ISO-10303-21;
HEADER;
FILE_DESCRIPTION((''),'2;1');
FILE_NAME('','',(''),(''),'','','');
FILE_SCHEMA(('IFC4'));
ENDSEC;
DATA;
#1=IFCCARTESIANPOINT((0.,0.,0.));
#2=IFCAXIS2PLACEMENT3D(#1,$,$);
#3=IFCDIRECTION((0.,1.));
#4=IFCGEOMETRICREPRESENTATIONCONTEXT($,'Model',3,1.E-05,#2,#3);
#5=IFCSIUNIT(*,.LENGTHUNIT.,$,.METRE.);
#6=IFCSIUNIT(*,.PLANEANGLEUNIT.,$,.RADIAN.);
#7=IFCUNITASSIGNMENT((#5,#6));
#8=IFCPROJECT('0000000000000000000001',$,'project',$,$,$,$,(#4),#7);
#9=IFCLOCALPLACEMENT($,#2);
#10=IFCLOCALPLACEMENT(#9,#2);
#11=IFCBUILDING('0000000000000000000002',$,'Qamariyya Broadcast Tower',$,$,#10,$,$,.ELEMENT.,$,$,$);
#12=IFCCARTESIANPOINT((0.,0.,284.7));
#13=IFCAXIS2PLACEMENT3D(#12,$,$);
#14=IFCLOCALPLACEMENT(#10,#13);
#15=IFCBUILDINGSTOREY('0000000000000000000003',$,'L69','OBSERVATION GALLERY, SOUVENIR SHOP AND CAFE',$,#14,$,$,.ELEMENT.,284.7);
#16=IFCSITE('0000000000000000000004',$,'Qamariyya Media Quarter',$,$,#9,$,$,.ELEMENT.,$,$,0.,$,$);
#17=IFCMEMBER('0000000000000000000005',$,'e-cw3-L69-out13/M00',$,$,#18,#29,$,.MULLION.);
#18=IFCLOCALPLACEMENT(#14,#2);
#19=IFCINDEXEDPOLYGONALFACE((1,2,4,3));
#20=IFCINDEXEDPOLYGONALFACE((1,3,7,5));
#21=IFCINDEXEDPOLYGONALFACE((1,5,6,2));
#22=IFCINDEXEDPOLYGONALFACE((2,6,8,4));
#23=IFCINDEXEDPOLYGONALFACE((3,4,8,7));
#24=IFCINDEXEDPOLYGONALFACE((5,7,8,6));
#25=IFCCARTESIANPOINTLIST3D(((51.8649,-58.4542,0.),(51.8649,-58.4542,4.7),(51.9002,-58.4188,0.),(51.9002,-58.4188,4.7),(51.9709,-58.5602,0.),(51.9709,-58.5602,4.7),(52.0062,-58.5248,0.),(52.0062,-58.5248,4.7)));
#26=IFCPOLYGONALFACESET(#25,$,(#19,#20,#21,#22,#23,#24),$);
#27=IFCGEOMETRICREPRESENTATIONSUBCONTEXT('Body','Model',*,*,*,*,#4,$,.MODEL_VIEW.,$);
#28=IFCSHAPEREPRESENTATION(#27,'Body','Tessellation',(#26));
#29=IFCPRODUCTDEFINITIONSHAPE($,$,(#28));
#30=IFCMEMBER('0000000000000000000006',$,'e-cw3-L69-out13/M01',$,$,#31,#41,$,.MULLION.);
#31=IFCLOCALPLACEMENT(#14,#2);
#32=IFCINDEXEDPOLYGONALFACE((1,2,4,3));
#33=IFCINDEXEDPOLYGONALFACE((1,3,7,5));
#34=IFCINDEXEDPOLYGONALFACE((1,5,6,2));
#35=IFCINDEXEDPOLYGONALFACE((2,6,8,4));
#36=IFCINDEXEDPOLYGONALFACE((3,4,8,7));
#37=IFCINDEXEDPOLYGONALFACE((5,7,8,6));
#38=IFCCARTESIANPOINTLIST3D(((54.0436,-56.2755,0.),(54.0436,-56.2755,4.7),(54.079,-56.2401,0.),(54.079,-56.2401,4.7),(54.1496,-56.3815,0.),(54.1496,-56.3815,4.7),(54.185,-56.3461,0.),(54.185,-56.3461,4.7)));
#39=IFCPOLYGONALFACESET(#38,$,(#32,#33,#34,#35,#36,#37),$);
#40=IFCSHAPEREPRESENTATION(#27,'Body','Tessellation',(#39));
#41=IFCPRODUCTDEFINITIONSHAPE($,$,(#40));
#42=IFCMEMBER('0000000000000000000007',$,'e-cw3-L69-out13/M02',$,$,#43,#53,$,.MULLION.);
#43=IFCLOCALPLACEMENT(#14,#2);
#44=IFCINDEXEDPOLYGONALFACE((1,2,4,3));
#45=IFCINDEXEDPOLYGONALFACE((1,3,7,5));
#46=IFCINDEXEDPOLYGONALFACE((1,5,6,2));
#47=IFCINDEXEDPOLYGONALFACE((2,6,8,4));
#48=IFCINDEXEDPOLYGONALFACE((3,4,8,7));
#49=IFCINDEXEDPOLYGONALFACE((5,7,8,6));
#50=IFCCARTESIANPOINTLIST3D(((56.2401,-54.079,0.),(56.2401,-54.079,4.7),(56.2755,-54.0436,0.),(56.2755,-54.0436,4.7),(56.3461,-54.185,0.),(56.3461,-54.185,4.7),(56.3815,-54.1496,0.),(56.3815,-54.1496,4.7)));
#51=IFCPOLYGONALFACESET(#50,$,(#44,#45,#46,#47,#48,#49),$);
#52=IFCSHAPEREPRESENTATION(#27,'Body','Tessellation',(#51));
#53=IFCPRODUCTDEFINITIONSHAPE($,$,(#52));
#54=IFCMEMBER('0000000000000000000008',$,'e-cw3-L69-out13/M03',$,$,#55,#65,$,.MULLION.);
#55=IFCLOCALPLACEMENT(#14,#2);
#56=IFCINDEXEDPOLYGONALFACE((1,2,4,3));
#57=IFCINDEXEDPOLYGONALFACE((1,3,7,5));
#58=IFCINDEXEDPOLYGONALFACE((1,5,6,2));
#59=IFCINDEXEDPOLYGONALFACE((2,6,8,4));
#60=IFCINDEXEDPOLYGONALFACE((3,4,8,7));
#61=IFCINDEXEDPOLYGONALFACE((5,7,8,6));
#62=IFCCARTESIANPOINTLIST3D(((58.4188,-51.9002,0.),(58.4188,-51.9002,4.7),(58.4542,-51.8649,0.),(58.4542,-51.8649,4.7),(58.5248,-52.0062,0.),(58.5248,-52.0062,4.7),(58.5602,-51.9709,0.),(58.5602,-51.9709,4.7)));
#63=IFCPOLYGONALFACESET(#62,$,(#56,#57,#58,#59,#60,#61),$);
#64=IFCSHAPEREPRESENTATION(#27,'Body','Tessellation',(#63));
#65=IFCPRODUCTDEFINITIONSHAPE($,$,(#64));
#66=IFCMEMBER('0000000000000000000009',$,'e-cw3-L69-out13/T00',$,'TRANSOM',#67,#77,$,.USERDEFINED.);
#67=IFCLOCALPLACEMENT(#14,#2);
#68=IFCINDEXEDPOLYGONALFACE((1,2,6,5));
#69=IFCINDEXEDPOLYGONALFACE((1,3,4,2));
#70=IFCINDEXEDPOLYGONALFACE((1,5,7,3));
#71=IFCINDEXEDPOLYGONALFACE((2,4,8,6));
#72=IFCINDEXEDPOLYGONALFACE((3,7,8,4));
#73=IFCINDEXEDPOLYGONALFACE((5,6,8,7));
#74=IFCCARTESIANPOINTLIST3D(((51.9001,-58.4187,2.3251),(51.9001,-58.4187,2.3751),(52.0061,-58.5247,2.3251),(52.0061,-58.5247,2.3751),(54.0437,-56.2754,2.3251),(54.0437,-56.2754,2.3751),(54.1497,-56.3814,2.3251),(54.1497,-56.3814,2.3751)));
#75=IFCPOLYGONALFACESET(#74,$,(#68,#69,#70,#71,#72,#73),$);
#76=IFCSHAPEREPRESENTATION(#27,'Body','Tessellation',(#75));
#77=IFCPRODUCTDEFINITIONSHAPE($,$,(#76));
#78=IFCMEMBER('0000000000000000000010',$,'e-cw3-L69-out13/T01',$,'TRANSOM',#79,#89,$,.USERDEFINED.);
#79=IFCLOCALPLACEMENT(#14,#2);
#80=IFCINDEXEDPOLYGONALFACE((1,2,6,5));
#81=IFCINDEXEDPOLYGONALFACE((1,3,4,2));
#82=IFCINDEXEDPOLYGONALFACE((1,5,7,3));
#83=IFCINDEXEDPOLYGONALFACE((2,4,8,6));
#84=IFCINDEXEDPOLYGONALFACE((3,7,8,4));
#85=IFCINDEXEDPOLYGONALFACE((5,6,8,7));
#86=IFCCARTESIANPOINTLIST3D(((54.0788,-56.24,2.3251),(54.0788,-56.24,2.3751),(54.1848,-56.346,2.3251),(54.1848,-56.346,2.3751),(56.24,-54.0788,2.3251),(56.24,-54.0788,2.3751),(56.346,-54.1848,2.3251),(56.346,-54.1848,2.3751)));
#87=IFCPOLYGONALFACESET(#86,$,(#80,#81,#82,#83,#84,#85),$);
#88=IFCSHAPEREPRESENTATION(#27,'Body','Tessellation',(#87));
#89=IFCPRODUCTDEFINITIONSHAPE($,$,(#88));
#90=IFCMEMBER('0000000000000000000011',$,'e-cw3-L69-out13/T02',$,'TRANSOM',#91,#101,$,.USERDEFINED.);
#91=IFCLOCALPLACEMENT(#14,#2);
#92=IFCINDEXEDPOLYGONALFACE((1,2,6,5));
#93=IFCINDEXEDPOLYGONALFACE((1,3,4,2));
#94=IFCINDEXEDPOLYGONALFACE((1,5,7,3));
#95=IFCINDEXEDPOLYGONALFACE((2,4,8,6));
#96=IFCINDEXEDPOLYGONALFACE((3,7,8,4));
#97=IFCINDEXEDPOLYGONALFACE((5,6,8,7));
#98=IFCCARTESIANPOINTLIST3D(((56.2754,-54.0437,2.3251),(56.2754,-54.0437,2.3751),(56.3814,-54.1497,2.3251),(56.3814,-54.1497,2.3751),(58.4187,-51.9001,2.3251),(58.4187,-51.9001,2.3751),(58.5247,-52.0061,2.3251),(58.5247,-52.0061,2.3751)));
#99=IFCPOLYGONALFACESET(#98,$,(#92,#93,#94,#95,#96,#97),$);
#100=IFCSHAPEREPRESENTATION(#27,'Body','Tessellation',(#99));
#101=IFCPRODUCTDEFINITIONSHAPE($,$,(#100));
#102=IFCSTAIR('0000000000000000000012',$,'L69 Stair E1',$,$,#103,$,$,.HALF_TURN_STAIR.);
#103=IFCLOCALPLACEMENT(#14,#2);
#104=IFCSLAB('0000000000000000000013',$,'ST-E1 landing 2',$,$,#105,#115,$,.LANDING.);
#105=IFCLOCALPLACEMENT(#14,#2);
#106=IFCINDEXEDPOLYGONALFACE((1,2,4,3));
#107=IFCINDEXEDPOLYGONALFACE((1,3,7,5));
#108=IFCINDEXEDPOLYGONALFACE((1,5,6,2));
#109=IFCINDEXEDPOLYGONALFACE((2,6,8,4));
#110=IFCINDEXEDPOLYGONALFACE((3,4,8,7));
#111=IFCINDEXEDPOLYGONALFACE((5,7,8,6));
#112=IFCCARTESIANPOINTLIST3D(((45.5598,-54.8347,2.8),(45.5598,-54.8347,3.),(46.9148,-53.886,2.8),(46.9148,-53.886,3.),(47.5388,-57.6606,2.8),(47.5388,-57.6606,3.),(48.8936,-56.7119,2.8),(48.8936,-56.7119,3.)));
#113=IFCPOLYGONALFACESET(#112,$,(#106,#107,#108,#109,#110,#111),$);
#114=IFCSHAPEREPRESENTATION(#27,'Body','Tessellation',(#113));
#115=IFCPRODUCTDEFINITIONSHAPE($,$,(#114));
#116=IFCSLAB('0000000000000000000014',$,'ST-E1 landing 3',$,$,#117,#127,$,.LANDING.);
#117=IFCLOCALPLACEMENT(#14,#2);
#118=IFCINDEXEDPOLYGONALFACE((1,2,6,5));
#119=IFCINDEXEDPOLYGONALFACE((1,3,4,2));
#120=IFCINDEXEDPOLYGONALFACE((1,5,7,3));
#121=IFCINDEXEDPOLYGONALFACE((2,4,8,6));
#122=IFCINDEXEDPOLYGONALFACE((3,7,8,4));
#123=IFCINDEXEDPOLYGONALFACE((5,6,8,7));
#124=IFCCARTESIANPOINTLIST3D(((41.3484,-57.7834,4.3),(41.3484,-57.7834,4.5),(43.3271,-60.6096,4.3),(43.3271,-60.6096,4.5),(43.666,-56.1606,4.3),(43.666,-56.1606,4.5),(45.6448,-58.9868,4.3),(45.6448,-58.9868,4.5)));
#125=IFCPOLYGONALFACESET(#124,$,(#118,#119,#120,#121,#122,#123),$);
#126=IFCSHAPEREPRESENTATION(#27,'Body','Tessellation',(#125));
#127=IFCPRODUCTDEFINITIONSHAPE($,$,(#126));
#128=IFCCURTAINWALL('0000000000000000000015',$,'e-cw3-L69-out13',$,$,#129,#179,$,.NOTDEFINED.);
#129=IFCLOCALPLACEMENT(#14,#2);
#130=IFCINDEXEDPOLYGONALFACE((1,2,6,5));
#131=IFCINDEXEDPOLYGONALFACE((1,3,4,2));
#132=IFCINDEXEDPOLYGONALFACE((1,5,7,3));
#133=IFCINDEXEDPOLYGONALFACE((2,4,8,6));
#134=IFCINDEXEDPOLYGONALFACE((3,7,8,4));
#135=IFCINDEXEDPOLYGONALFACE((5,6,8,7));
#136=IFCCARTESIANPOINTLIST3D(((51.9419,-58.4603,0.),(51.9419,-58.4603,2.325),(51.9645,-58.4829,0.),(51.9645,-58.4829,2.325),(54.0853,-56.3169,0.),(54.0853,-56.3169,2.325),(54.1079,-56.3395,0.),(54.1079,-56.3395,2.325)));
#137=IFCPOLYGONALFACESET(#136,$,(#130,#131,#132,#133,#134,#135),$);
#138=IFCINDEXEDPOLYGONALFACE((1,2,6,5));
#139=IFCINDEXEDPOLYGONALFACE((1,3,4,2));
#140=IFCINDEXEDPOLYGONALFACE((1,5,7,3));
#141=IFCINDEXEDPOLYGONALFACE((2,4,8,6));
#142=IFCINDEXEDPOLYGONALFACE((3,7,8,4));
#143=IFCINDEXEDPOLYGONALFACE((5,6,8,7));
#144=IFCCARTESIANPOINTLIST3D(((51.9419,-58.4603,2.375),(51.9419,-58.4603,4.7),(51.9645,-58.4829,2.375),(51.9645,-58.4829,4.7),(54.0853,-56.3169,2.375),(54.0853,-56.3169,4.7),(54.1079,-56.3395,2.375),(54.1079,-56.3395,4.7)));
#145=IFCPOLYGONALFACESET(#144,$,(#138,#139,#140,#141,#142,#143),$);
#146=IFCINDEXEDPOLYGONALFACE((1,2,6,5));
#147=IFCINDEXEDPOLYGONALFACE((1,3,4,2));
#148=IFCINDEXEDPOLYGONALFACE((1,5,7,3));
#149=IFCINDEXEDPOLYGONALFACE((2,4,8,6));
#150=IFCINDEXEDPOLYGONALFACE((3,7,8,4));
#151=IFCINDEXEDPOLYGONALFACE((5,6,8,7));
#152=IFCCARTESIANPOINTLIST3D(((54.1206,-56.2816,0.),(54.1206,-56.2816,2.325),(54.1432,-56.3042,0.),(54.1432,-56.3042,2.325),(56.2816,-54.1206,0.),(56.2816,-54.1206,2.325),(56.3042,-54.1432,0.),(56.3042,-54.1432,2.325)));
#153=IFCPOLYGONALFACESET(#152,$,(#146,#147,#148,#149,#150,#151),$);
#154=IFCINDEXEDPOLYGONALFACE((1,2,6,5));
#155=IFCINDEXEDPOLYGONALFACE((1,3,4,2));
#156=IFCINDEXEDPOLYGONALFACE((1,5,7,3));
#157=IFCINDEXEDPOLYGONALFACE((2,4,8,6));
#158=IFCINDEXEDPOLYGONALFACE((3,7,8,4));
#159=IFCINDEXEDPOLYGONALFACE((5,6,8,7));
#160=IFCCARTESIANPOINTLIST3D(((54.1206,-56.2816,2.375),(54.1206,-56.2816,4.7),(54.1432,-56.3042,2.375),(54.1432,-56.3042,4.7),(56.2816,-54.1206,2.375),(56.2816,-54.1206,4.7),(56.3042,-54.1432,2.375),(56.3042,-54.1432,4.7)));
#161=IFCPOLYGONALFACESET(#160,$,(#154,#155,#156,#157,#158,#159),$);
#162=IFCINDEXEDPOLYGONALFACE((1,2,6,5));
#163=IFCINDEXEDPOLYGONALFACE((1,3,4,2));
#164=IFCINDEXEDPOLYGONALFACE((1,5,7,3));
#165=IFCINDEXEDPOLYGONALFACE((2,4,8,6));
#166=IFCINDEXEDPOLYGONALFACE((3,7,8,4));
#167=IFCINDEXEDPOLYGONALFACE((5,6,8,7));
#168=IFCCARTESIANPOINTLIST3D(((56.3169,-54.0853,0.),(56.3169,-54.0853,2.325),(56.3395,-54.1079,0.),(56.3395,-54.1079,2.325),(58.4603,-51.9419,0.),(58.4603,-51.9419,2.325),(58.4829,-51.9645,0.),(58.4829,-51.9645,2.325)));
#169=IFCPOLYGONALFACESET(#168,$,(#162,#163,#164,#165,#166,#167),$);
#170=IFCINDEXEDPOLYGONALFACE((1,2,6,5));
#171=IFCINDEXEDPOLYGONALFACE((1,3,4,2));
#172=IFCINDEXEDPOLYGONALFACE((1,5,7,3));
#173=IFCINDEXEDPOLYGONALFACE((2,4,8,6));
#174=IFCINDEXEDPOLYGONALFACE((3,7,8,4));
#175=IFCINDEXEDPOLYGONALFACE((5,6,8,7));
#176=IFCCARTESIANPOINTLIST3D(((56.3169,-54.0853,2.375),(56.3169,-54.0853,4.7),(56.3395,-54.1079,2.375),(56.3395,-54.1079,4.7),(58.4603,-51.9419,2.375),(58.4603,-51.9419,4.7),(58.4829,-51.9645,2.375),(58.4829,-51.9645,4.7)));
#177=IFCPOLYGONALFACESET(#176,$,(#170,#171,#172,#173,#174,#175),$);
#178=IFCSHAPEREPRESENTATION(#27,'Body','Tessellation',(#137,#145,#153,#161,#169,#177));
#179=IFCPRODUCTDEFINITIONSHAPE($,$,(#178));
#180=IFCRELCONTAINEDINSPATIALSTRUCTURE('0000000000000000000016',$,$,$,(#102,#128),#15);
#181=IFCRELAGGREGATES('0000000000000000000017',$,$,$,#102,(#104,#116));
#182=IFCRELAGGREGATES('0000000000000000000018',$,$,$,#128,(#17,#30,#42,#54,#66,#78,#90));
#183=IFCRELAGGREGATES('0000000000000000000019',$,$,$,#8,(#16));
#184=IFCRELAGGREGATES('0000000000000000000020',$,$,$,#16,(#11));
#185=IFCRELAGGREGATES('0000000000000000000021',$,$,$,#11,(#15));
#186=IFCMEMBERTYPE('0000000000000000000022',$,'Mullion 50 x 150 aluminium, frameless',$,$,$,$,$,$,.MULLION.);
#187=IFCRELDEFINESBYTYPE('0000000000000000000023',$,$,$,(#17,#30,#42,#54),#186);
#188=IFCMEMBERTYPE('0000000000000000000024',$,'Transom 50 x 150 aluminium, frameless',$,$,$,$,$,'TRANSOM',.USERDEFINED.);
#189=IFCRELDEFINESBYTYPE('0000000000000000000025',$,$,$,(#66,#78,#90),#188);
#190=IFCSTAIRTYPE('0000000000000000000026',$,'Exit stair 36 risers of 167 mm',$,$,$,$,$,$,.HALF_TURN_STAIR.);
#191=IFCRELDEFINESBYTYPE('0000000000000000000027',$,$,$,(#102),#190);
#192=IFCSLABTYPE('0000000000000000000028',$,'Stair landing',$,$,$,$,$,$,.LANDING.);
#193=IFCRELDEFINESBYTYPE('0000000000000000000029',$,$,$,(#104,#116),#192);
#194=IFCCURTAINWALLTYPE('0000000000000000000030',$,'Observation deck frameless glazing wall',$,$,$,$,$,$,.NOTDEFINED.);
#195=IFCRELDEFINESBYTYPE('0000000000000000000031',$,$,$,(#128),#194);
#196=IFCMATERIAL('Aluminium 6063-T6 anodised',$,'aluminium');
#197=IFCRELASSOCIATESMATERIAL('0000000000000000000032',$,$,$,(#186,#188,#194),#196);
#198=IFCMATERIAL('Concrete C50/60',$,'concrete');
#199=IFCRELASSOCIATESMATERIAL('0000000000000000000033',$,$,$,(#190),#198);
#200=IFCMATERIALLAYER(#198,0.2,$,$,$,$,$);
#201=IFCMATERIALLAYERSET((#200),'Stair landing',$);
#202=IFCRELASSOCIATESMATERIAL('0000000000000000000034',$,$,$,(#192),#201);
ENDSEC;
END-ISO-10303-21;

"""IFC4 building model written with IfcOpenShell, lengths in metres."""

from ifc_helpers import new_model, si_unit, direction, frame, origin, origin_2d, place, context, subcontext, project, spatial, polyline, rectangle, outline, extrude, material, layer, layer_set, material_profile, profile_set, type_object, element, aggregate, save


model = new_model("IFC4")

# Units and contexts
model_context = context("Model", 3, precision=1e-05, world=origin(), true_north=direction((0.0, 1.0)))
body_context = subcontext(model_context, "Body", "Model", "MODEL_VIEW")
ifc_project = project(units=[si_unit("LENGTHUNIT", "METRE"), si_unit("PLANEANGLEUNIT", "RADIAN")], contexts=[model_context])

# Members
ifc_material_1 = material(Name="Aluminium 6063-T6 anodised", Category="aluminium")
ifc_material_profile_1 = material_profile(ifc_material_1, rectangle(XDim=0.1499, YDim=0.05, at=origin_2d()))
ifc_profile_set_1 = profile_set([ifc_material_profile_1], Name="Aluminium 6063-T6 anodised")
member_type_1 = type_object("IfcMemberType", Name="Mullion 50 x 150 aluminium, frameless", PredefinedType="MULLION", material=ifc_profile_set_1)
site_placement = place(None, origin())
building_placement = place(site_placement, origin())
storey_placement = place(building_placement, frame((0.0, 0.0, 284.7)))
member_1_placement = place(storey_placement, frame((51.9355, -58.4895, 0.0), z_axis=(0.0, 0.0, 1.0), x_axis=(-0.707107, 0.707107, 0.0)))
member_1 = element("IfcMember", 1, at=member_1_placement, type_object=member_type_1, Name="e-cw3-L69-out13/M00", PredefinedType="MULLION", context=body_context, shape_type="SweptSolid", body=[
    extrude(rectangle(XDim=0.1499, YDim=0.05, at=origin_2d()), origin(), (0.0, 0.0, 1.0), 4.7),
])
member_2_placement = place(storey_placement, frame((54.1143, -56.3108, 0.0), z_axis=(0.0, 0.0, 1.0), x_axis=(-0.707107, 0.707107, 0.0)))
member_2 = element("IfcMember", 2, at=member_2_placement, type_object=member_type_1, Name="e-cw3-L69-out13/M01", PredefinedType="MULLION", context=body_context, shape_type="SweptSolid", body=[
    extrude(rectangle(XDim=0.1499, YDim=0.05, at=origin_2d()), origin(), (0.0, 0.0, 1.0), 4.7),
])
member_3_placement = place(storey_placement, frame((56.3108, -54.1143, 0.0), z_axis=(0.0, 0.0, 1.0), x_axis=(-0.707107, 0.707107, 0.0)))
member_3 = element("IfcMember", 3, at=member_3_placement, type_object=member_type_1, Name="e-cw3-L69-out13/M02", PredefinedType="MULLION", context=body_context, shape_type="SweptSolid", body=[
    extrude(rectangle(XDim=0.1499, YDim=0.05, at=origin_2d()), origin(), (0.0, 0.0, 1.0), 4.7),
])
member_4_placement = place(storey_placement, frame((58.4895, -51.9355, 0.0), z_axis=(0.0, 0.0, 1.0), x_axis=(-0.707107, 0.707107, 0.0)))
member_4 = element("IfcMember", 4, at=member_4_placement, type_object=member_type_1, Name="e-cw3-L69-out13/M03", PredefinedType="MULLION", context=body_context, shape_type="SweptSolid", body=[
    extrude(rectangle(XDim=0.1499, YDim=0.05, at=origin_2d()), origin(), (0.0, 0.0, 1.0), 4.7),
])
ifc_material_profile_2 = material_profile(ifc_material_1, rectangle(XDim=0.1499, YDim=0.05, at=origin_2d()))
ifc_profile_set_2 = profile_set([ifc_material_profile_2], Name="Aluminium 6063-T6 anodised")
member_type_2 = type_object("IfcMemberType", Name="Transom 50 x 150 aluminium, frameless", ElementType="TRANSOM", PredefinedType="USERDEFINED", material=ifc_profile_set_2)
member_5_placement = place(storey_placement, frame((51.9531, -58.4717, 2.3501), z_axis=(0.707147, 0.707067, 0.0), x_axis=(-0.707067, 0.707147, 0.0)))
member_5 = element("IfcMember", 5, at=member_5_placement, type_object=member_type_2, Name="e-cw3-L69-out13/T00", ObjectType="TRANSOM", PredefinedType="USERDEFINED", context=body_context, shape_type="SweptSolid", body=[
    extrude(rectangle(XDim=0.1499, YDim=0.05, at=origin_2d()), origin(), (0.0, 0.0, 1.0), 3.0312),
])
member_6_placement = place(storey_placement, frame((54.1318, -56.293, 2.3501), z_axis=(0.707107, 0.707107, 0.0), x_axis=(-0.707107, 0.707107, 0.0)))
member_6 = element("IfcMember", 6, at=member_6_placement, type_object=member_type_2, Name="e-cw3-L69-out13/T01", ObjectType="TRANSOM", PredefinedType="USERDEFINED", context=body_context, shape_type="SweptSolid", body=[
    extrude(rectangle(XDim=0.1499, YDim=0.05, at=origin_2d()), origin(), (0.0, 0.0, 1.0), 3.0564),
])
member_7_placement = place(storey_placement, frame((56.3284, -54.0967, 2.3501), z_axis=(0.707067, 0.707147, 0.0), x_axis=(-0.707147, 0.707067, 0.0)))
member_7 = element("IfcMember", 7, at=member_7_placement, type_object=member_type_2, Name="e-cw3-L69-out13/T02", ObjectType="TRANSOM", PredefinedType="USERDEFINED", context=body_context, shape_type="SweptSolid", body=[
    extrude(rectangle(XDim=0.1499, YDim=0.05, at=origin_2d()), origin(), (0.0, 0.0, 1.0), 3.0312),
])

# Site, building, storey
site = spatial("IfcSite", under=ifc_project, at=site_placement, Name="Qamariyya Media Quarter", CompositionType="ELEMENT", RefElevation=0.0)
building = spatial("IfcBuilding", under=site, at=building_placement, Name="Qamariyya Broadcast Tower", CompositionType="ELEMENT")
storey = spatial("IfcBuildingStorey", under=building, at=storey_placement, Name="L69", Description="OBSERVATION GALLERY, SOUVENIR SHOP AND CAFE", CompositionType="ELEMENT", Elevation=284.7)

# Stair, slabs
ifc_material_2 = material(Name="Concrete C50/60", Category="concrete")
stair_type = type_object("IfcStairType", Name="Exit stair 36 risers of 167 mm", PredefinedType="HALF_TURN_STAIR", material=ifc_material_2)
stair_placement = place(storey_placement, origin())
stair = element("IfcStair", 8, at=stair_placement, inside=storey, type_object=stair_type, Name="L69 Stair E1", PredefinedType="HALF_TURN_STAIR")
ifc_layer = layer(ifc_material_2, 0.2)
ifc_layer_set = layer_set([ifc_layer], Name="Stair landing")
slab_type = type_object("IfcSlabType", Name="Stair landing", PredefinedType="LANDING", material=ifc_layer_set)
slab_1_placement = place(storey_placement, frame((0.0, 0.0, 2.8)))
slab_1 = element("IfcSlab", 9, at=slab_1_placement, type_object=slab_type, Name="ST-E1 landing 2", PredefinedType="LANDING", context=body_context, shape_type="SweptSolid", body=[
    extrude(outline(polyline([(46.9148, -53.886), (45.5598, -54.8347), (47.5388, -57.6606), (48.8936, -56.7119), (46.9148, -53.886)])), origin(), (0.0, 0.0, 1.0), 0.2),
])
slab_2_placement = place(storey_placement, frame((0.0, 0.0, 4.3)))
slab_2 = element("IfcSlab", 10, at=slab_2_placement, type_object=slab_type, Name="ST-E1 landing 3", PredefinedType="LANDING", context=body_context, shape_type="SweptSolid", body=[
    extrude(outline(polyline([(43.666, -56.1606), (41.3484, -57.7834), (43.3271, -60.6096), (45.6448, -58.9868), (43.666, -56.1606)])), origin(), (0.0, 0.0, 1.0), 0.2),
])
aggregate(stair, [slab_1, slab_2])

# Curtain wall
curtain_wall_type = type_object("IfcCurtainWallType", Name="Observation deck frameless glazing wall", PredefinedType="NOTDEFINED", material=ifc_material_1)
curtain_wall_1_placement = place(storey_placement, origin())
curtain_wall_1 = element("IfcCurtainWall", 11, at=curtain_wall_1_placement, inside=storey, type_object=curtain_wall_type, Name="e-cw3-L69-out13", PredefinedType="NOTDEFINED", context=body_context, shape_type="SweptSolid", body=[
    extrude(rectangle(XDim=3.0312, YDim=0.032, at=origin_2d()), frame((53.0249, -57.3999, 0.0), x_axis=(0.707107, 0.707107, 0.0)), (0.0, 0.0, 1.0), 2.325),
    extrude(rectangle(XDim=3.0312, YDim=0.032, at=origin_2d()), frame((53.0249, -57.3999, 2.375), x_axis=(0.707107, 0.707107, 0.0)), (0.0, 0.0, 1.0), 2.325),
    extrude(rectangle(XDim=3.0562, YDim=0.032, at=origin_2d()), frame((55.2124, -55.2124, 0.0), x_axis=(0.707107, 0.707107, 0.0)), (0.0, 0.0, 1.0), 2.325),
    extrude(rectangle(XDim=3.0562, YDim=0.032, at=origin_2d()), frame((55.2124, -55.2124, 2.375), x_axis=(0.707107, 0.707107, 0.0)), (0.0, 0.0, 1.0), 2.325),
    extrude(rectangle(XDim=3.0312, YDim=0.032, at=origin_2d()), frame((57.3999, -53.0249, 0.0), x_axis=(0.707107, 0.707107, 0.0)), (0.0, 0.0, 1.0), 2.325),
    extrude(rectangle(XDim=3.0312, YDim=0.032, at=origin_2d()), frame((57.3999, -53.0249, 2.375), x_axis=(0.707107, 0.707107, 0.0)), (0.0, 0.0, 1.0), 2.325),
])
aggregate(curtain_wall_1, [member_1, member_2, member_3, member_4, member_5, member_6, member_7])

save(model, "model.ifc")
